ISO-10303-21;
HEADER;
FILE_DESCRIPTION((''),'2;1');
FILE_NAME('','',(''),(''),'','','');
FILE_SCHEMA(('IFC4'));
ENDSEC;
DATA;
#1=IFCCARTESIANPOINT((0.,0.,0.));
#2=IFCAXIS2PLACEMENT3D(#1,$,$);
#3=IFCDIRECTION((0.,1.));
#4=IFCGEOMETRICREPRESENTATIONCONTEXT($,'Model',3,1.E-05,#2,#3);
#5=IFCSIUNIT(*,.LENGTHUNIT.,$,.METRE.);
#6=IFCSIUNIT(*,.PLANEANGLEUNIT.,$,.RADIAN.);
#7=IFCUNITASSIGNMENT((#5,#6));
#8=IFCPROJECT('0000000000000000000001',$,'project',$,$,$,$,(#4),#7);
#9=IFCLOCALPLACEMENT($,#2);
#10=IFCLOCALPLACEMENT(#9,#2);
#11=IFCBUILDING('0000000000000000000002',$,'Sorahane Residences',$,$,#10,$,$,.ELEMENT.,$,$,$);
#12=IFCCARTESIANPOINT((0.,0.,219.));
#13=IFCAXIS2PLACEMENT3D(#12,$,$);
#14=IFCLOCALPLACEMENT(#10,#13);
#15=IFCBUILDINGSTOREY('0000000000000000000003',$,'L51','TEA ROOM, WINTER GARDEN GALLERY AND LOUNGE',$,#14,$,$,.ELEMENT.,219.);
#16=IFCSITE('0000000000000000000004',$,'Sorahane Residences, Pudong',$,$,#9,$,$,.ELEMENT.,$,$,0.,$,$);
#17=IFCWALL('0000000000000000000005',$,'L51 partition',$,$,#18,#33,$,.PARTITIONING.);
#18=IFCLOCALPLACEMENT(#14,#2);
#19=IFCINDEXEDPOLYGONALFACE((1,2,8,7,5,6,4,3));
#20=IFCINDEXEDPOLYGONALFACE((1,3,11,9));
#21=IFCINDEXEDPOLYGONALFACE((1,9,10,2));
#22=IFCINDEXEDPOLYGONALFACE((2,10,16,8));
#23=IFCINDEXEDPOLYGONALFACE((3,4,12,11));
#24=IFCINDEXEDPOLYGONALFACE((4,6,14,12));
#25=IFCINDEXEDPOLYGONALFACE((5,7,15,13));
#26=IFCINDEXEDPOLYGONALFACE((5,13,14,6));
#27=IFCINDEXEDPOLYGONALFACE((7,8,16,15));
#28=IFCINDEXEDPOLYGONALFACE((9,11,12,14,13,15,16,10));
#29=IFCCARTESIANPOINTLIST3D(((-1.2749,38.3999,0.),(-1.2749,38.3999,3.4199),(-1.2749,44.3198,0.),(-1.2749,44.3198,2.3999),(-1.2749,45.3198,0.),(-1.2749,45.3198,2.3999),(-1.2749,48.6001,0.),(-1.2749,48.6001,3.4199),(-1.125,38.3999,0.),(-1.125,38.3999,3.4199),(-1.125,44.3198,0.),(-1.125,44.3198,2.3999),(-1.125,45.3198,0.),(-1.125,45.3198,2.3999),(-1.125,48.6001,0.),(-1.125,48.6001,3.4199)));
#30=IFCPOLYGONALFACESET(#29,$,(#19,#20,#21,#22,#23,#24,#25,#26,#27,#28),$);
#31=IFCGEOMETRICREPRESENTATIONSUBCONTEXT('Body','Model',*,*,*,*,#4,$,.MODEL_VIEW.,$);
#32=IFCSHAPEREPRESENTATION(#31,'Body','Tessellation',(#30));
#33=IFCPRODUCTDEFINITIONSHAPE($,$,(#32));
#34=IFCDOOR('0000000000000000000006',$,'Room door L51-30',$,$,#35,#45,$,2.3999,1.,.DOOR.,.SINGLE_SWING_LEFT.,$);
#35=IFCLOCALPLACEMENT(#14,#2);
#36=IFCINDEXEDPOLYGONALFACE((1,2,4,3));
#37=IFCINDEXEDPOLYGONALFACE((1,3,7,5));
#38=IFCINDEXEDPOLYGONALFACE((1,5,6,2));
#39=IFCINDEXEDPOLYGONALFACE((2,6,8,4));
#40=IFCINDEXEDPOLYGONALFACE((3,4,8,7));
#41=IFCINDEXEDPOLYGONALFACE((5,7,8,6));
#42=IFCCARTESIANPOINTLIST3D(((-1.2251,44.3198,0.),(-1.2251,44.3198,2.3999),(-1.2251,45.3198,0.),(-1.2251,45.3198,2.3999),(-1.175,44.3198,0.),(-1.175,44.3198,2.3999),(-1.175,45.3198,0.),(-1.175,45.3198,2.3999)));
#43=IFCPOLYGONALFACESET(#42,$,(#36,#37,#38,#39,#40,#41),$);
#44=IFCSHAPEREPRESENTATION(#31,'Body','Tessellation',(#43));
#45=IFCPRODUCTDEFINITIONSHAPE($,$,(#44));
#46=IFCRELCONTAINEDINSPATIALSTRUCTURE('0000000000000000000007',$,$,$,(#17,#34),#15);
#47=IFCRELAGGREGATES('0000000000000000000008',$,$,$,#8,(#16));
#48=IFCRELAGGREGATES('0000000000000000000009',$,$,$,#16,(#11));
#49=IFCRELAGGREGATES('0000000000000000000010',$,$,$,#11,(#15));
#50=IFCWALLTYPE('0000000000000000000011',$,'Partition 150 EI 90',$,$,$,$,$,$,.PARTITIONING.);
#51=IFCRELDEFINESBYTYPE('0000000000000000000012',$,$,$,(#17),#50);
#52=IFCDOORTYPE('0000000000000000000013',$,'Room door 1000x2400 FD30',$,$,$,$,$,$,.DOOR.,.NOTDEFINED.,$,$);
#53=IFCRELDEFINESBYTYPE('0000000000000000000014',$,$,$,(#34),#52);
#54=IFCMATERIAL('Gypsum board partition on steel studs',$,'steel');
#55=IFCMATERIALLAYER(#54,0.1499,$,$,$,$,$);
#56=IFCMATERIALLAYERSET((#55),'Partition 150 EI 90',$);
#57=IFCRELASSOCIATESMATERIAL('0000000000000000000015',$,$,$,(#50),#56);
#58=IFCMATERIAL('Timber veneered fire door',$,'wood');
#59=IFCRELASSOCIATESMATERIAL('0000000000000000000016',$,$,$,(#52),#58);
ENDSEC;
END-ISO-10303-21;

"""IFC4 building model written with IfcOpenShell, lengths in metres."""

from ifc_helpers import new_model, si_unit, direction, frame, frame_2d, origin, place, context, subcontext, project, spatial, rectangle, extrude, material, layer, layer_set, type_object, element, fill, save


model = new_model("IFC4")

# Units and contexts
model_context = context("Model", 3, precision=1e-05, world=origin(), true_north=direction((0.0, 1.0)))
body_context = subcontext(model_context, "Body", "Model", "MODEL_VIEW")
ifc_project = project(units=[si_unit("LENGTHUNIT", "METRE"), si_unit("PLANEANGLEUNIT", "RADIAN")], contexts=[model_context])

# Site, building, storey
site_placement = place(None, origin())
site = spatial("IfcSite", under=ifc_project, at=site_placement, Name="Sorahane Residences, Pudong", CompositionType="ELEMENT", RefElevation=0.0)
building_placement = place(site_placement, origin())
building = spatial("IfcBuilding", under=site, at=building_placement, Name="Sorahane Residences", CompositionType="ELEMENT")
storey_placement = place(building_placement, frame((0.0, 0.0, 219.0)))
storey = spatial("IfcBuildingStorey", under=building, at=storey_placement, Name="L51", Description="TEA ROOM, WINTER GARDEN GALLERY AND LOUNGE", CompositionType="ELEMENT", Elevation=219.0)

# Wall, opening, door
ifc_material_1 = material(Name="Gypsum board partition on steel studs", Category="steel")
ifc_layer_1 = layer(ifc_material_1, 0.1499)
ifc_layer_set_1 = layer_set([ifc_layer_1], Name="Partition 150 EI 90")
wall_type_1 = type_object("IfcWallType", Name="Partition 150 EI 90", PredefinedType="PARTITIONING", material=ifc_layer_set_1)
wall_1_placement = place(storey_placement, frame((-1.2, 38.3999, 0.0), z_axis=(0.0, 0.0, 1.0), x_axis=(0.0, 1.0, 0.0)))
wall_1 = element("IfcWall", 1, at=wall_1_placement, inside=storey, type_object=wall_type_1, Name="L51 partition", PredefinedType="PARTITIONING", context=body_context, shape_type="SweptSolid", body=[
    extrude(rectangle(XDim=10.2002, YDim=0.1499, at=frame_2d((5.1001, 0.0))), origin(), (0.0, 0.0, 1.0), 3.4199),
])
opening_placement = place(wall_1_placement, frame((5.9199, 0.0, 0.0)))
opening = element("IfcOpeningElement", 2, at=opening_placement, cuts=wall_1, PredefinedType="OPENING", context=body_context, shape_type="SweptSolid", body=[
    extrude(rectangle(XDim=1.0, YDim=2.3999, at=frame_2d((0.5, 1.2))), frame((0.0, 0.085, 0.0), z_axis=(0.0, -1.0, 0.0), x_axis=(1.0, 0.0, 0.0)), (0.0, 0.0, 1.0), 0.1699),
])
ifc_material_2 = material(Name="Timber veneered fire door", Category="wood")
door_type = type_object("IfcDoorType", Name="Room door 1000x2400 FD30", OperationType="NOTDEFINED", PredefinedType="DOOR", material=ifc_material_2)
door_placement = place(opening_placement, frame((1.0, 0.0, 0.0), z_axis=(0.0, 0.0, 1.0), x_axis=(-1.0, 0.0, 0.0)))
door = element("IfcDoor", 3, at=door_placement, inside=storey, type_object=door_type, Name="Room door L51-30", OperationType="SINGLE_SWING_LEFT", OverallHeight=2.3999, OverallWidth=1.0, PredefinedType="DOOR", context=body_context, shape_type="SweptSolid", body=[
    extrude(rectangle(XDim=1.0, YDim=2.3999, at=frame_2d((0.5, 1.2))), frame((0.0, 0.0249, 0.0), z_axis=(0.0, -1.0, 0.0), x_axis=(1.0, 0.0, 0.0)), (0.0, 0.0, 1.0), 0.05),
])
fill(opening, door)

save(model, "model.ifc")
